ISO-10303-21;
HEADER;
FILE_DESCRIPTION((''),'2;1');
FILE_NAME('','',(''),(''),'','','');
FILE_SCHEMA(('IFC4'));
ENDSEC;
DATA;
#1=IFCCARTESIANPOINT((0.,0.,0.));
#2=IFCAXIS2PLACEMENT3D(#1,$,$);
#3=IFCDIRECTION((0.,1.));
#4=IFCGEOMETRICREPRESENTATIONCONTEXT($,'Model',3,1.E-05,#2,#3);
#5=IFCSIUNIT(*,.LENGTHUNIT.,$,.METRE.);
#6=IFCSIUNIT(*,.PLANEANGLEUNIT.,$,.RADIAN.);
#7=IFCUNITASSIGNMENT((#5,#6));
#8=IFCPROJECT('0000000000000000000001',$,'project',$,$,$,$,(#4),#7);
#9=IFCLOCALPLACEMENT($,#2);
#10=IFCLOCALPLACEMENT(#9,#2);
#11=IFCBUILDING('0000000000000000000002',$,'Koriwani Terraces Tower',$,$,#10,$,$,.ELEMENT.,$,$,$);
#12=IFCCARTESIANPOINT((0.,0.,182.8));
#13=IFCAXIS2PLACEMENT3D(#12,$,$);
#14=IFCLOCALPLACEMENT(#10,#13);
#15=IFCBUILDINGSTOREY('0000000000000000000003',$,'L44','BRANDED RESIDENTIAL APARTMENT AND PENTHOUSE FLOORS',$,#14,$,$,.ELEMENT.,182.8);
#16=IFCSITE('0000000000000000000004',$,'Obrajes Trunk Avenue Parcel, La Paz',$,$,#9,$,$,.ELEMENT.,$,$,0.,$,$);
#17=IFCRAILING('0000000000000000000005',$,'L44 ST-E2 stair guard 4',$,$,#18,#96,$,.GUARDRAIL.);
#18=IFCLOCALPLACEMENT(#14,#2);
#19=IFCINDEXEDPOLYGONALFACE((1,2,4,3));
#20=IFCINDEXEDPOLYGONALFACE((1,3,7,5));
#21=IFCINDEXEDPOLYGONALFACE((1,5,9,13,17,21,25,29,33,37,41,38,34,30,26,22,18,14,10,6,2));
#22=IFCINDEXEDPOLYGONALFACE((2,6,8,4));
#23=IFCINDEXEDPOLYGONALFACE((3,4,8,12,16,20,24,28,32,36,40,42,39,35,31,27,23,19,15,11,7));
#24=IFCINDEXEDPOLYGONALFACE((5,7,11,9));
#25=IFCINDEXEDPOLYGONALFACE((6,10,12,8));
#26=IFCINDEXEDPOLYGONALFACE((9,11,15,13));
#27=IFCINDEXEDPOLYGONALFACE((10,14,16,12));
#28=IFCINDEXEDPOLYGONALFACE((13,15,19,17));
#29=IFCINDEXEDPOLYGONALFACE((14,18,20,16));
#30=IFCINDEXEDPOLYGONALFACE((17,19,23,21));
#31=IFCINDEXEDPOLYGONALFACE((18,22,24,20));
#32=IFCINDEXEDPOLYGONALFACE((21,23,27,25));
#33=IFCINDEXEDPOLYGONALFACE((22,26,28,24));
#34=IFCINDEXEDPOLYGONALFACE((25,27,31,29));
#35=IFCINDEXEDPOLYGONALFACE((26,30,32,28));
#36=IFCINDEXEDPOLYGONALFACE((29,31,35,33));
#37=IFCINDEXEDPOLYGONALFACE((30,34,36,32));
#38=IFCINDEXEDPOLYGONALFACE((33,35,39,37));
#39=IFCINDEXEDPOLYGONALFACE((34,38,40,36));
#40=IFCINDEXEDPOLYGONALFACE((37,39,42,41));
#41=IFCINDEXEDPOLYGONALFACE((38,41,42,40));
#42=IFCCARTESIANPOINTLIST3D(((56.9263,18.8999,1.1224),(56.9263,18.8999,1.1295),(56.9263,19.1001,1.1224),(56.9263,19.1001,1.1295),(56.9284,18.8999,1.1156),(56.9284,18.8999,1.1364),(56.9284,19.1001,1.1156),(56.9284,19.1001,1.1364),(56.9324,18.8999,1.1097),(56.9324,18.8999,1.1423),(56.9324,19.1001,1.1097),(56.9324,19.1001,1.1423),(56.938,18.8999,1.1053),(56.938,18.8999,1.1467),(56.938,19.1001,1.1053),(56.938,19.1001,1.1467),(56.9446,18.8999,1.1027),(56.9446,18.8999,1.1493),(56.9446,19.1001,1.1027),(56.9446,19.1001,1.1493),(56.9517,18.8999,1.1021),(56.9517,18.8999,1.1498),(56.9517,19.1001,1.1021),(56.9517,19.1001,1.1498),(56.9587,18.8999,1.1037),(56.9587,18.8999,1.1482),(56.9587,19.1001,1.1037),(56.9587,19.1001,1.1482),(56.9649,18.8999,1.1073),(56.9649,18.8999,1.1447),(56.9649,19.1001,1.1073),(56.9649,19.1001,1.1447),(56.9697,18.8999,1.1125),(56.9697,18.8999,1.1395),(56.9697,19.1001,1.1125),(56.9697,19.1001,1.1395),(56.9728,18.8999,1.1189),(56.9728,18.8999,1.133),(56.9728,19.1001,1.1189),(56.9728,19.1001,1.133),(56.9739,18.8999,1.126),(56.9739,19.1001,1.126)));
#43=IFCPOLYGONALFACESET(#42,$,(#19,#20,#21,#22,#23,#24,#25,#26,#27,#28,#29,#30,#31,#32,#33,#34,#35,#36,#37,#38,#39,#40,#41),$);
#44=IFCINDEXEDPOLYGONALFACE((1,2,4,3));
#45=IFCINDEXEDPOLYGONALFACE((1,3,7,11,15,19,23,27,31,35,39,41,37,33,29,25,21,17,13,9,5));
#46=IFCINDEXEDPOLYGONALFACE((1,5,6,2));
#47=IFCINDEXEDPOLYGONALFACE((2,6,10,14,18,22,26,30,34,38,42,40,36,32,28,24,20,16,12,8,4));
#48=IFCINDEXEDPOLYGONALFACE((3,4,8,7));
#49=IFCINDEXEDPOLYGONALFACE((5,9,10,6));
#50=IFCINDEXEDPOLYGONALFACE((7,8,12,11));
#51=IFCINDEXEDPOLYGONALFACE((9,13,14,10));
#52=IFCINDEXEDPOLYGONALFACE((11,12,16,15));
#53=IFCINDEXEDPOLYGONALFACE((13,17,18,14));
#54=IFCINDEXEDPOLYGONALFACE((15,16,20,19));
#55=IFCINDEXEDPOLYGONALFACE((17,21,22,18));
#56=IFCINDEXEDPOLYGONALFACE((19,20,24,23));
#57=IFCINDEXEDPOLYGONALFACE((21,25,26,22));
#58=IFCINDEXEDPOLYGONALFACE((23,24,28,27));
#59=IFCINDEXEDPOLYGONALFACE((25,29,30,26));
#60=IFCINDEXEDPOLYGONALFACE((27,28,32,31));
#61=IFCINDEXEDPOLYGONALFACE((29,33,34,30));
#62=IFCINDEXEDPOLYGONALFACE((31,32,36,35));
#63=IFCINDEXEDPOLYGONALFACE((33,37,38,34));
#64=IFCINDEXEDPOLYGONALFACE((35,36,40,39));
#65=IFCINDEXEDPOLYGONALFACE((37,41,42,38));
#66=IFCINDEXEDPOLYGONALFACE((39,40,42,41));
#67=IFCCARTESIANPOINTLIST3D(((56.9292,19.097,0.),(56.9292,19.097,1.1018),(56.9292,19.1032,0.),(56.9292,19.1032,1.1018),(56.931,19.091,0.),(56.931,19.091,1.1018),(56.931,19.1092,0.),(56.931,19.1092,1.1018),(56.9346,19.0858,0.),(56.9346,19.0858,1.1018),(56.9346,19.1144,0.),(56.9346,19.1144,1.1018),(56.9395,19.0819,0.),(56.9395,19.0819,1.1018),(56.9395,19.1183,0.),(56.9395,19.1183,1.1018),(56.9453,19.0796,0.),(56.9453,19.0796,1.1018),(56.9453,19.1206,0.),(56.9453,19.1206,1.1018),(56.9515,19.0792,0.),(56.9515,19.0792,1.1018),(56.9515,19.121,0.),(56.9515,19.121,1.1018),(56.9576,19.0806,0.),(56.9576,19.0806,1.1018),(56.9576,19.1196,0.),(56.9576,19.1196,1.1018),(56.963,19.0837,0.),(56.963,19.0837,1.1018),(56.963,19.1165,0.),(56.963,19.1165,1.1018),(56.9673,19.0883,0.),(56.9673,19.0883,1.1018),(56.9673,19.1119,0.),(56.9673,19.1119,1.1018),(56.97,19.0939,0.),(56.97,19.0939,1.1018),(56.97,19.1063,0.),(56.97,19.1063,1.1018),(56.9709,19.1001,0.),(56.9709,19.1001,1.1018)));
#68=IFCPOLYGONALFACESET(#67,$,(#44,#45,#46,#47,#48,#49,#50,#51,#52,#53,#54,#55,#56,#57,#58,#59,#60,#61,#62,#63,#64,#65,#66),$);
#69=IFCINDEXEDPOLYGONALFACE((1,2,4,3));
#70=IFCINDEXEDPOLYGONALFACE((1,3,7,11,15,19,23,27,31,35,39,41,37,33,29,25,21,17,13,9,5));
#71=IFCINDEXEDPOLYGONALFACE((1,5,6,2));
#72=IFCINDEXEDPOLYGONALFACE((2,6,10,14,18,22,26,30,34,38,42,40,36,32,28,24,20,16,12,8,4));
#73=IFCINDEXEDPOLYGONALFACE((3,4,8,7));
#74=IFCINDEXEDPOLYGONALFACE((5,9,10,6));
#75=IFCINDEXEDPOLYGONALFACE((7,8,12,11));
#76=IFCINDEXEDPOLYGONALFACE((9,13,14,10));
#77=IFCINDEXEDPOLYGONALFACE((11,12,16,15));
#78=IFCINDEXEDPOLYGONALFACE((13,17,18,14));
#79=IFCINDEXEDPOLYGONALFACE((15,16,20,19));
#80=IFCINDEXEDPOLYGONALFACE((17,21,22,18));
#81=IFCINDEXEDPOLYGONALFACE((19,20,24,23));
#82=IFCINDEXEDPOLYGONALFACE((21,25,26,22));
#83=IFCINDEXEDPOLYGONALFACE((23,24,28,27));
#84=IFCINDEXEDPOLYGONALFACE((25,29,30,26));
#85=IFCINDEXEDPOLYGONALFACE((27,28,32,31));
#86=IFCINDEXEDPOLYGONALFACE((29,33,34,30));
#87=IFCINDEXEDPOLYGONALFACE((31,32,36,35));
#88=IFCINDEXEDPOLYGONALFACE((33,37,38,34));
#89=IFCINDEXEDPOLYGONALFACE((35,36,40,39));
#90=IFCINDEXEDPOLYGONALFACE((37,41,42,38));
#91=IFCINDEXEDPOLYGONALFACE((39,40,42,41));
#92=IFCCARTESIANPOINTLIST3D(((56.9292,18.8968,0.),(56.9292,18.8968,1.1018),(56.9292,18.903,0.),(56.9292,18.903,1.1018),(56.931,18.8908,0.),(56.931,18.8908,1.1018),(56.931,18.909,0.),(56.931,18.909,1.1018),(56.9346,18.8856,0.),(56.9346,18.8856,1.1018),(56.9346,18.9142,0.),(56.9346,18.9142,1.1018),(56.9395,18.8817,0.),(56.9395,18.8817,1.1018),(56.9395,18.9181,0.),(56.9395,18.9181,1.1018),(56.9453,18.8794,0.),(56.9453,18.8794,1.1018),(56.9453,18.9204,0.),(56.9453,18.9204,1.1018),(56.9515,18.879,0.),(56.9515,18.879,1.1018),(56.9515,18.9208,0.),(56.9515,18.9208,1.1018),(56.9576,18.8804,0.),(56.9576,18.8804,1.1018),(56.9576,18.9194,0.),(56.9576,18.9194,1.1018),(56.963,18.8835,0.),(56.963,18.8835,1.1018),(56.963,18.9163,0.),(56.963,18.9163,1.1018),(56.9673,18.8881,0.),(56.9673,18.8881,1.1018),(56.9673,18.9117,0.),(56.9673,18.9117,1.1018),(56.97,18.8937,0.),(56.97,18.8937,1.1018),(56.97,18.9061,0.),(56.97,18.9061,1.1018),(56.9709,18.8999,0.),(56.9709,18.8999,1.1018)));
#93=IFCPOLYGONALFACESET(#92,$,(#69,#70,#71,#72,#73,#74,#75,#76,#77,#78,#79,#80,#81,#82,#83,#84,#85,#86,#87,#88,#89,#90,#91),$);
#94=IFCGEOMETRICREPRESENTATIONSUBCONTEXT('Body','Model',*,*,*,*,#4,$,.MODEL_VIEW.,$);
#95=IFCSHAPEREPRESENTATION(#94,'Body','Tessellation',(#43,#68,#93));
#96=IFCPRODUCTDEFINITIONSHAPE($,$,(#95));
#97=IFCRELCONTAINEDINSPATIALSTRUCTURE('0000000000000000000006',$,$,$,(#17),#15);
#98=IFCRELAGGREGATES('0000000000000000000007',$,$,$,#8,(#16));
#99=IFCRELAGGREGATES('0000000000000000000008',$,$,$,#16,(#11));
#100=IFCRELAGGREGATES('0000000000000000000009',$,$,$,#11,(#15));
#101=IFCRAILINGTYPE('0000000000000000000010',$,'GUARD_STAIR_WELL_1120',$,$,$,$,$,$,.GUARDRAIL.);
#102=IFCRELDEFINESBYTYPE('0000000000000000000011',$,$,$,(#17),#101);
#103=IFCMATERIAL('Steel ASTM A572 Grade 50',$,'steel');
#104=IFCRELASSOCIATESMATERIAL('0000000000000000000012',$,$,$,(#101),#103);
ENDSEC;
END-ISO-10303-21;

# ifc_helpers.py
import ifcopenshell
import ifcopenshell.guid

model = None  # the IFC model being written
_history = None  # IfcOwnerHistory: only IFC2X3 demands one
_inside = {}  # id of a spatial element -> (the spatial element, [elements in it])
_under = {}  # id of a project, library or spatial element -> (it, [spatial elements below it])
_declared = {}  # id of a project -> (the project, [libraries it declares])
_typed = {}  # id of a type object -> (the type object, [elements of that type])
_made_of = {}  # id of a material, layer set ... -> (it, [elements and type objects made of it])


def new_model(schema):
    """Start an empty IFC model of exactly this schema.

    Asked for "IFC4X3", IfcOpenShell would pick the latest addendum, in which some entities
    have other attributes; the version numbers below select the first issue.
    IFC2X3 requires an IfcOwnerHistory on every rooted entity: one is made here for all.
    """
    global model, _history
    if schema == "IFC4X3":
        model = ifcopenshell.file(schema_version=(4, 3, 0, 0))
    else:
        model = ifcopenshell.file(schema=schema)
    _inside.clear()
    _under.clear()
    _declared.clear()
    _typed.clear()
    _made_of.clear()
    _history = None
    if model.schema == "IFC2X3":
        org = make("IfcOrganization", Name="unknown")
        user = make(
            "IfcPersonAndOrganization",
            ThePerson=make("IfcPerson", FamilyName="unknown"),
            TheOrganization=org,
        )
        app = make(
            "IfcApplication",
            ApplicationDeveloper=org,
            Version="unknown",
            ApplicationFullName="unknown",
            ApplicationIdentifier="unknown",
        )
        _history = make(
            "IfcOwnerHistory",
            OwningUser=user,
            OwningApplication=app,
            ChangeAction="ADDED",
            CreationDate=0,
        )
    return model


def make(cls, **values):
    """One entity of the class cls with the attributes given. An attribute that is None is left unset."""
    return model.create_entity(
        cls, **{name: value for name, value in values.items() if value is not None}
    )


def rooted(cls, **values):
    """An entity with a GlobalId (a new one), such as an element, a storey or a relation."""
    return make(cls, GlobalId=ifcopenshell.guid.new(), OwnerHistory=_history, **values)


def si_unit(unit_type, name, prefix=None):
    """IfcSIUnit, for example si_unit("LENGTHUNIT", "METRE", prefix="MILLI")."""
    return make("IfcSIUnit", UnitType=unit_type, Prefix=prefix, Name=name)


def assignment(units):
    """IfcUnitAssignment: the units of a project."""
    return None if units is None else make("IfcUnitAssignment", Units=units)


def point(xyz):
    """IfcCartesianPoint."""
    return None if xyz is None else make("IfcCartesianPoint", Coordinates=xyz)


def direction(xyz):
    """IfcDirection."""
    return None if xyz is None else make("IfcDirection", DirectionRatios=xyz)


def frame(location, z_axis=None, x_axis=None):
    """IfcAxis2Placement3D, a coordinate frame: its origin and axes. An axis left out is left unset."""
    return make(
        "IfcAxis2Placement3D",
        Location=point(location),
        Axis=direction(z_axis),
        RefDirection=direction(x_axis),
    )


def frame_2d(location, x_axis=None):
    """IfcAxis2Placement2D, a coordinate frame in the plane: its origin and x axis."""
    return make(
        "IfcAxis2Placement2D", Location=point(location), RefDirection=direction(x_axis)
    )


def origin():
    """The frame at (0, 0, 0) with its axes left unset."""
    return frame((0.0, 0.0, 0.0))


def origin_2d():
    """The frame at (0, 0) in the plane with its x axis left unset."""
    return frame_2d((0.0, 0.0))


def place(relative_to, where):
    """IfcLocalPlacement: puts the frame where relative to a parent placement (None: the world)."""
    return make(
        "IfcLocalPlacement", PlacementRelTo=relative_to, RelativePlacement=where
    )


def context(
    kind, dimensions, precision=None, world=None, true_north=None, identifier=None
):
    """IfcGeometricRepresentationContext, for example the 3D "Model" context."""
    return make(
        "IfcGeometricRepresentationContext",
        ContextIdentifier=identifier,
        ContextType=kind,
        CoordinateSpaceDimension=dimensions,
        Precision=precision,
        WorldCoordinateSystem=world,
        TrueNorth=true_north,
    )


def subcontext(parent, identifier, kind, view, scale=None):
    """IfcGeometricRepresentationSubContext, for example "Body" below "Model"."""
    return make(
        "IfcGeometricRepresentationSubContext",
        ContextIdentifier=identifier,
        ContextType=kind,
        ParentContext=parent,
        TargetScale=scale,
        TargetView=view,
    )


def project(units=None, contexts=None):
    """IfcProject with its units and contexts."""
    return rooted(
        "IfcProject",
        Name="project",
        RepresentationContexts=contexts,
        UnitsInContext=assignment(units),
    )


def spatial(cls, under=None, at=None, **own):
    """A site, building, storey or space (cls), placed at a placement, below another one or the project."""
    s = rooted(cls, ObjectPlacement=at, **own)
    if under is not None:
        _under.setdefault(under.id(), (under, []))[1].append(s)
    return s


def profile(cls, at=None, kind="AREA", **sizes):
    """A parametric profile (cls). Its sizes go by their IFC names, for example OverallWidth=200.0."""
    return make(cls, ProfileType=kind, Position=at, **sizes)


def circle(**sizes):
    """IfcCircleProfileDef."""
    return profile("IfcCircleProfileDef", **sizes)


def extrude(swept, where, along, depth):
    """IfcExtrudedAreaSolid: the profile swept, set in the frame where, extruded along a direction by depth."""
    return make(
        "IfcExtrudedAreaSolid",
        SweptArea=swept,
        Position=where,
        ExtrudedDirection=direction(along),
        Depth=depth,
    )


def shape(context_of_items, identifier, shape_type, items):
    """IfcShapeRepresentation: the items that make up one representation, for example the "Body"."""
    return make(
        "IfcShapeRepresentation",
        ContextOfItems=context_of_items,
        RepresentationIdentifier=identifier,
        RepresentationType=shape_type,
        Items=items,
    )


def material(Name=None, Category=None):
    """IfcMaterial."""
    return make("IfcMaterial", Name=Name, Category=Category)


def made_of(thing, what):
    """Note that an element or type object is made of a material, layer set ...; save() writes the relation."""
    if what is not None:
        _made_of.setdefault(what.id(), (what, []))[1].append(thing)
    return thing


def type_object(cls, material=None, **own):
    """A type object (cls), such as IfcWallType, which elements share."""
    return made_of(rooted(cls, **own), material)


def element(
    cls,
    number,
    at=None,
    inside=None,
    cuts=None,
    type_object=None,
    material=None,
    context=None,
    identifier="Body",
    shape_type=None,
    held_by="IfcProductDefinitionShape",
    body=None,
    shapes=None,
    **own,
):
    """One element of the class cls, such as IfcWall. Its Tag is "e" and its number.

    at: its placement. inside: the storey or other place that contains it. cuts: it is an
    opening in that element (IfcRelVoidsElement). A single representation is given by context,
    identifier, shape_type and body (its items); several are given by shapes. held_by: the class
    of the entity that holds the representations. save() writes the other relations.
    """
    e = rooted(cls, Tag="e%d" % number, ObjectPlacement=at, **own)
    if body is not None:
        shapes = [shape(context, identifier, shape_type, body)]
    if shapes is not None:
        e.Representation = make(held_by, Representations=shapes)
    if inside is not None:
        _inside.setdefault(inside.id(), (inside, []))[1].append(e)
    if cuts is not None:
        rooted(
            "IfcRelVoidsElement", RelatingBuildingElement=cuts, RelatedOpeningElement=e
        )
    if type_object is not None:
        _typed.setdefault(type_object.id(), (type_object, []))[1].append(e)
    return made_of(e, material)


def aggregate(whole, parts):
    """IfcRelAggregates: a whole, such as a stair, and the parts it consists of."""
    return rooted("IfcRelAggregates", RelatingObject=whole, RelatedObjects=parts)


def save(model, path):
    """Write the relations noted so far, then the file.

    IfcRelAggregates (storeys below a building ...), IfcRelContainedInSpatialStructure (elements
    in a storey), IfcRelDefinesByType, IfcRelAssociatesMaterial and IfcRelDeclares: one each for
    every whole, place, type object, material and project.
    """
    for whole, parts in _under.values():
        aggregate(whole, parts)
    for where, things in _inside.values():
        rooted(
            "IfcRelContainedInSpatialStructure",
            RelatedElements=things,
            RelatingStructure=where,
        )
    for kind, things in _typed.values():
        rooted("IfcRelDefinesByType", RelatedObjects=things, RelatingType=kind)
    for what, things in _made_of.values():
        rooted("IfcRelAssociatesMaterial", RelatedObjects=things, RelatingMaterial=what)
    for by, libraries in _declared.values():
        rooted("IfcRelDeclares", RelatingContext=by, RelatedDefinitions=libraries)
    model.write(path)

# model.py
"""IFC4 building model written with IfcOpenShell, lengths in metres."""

from ifc_helpers import new_model, si_unit, direction, frame, origin, origin_2d, place, context, subcontext, project, spatial, circle, extrude, material, type_object, element, save


model = new_model("IFC4")

# Units and contexts
model_context = context("Model", 3, precision=1e-05, world=origin(), true_north=direction((0.0, 1.0)))
body_context = subcontext(model_context, "Body", "Model", "MODEL_VIEW")
ifc_project = project(units=[si_unit("LENGTHUNIT", "METRE"), si_unit("PLANEANGLEUNIT", "RADIAN")], contexts=[model_context])

# Site, building, storey
site_placement = place(None, origin())
site = spatial("IfcSite", under=ifc_project, at=site_placement, Name="Obrajes Trunk Avenue Parcel, La Paz", CompositionType="ELEMENT", RefElevation=0.0)
building_placement = place(site_placement, origin())
building = spatial("IfcBuilding", under=site, at=building_placement, Name="Koriwani Terraces Tower", CompositionType="ELEMENT")
storey_placement = place(building_placement, frame((0.0, 0.0, 182.8)))
storey = spatial("IfcBuildingStorey", under=building, at=storey_placement, Name="L44", Description="BRANDED RESIDENTIAL APARTMENT AND PENTHOUSE FLOORS", CompositionType="ELEMENT", Elevation=182.8)

# Shared definitions
ifc_material_1 = material(Name="Steel ASTM A572 Grade 50", Category="steel")

# Railing
railing_type_1 = type_object("IfcRailingType", Name="GUARD_STAIR_WELL_1120", PredefinedType="GUARDRAIL", material=ifc_material_1)
railing_1_placement = place(storey_placement, frame((56.95, 19.1001, 0.0)))
element("IfcRailing", 1, at=railing_1_placement, inside=storey, type_object=railing_type_1, Name="L44 ST-E2 stair guard 4", PredefinedType="GUARDRAIL", context=body_context, shape_type="SweptSolid", body=[
    extrude(circle(Radius=0.0239, at=origin_2d()), frame((0.0, 0.0, 1.126), z_axis=(0.0, -1.0, 0.0), x_axis=(1.0, 0.0, 0.0)), (0.0, 0.0, 1.0), 0.2002),
    extrude(circle(Radius=0.021, at=origin_2d()), origin(), (0.0, 0.0, 1.0), 1.1018),
    extrude(circle(Radius=0.021, at=origin_2d()), frame((0.0, -0.2002, 0.0)), (0.0, 0.0, 1.0), 1.1018),
])

save(model, "model.ifc")
